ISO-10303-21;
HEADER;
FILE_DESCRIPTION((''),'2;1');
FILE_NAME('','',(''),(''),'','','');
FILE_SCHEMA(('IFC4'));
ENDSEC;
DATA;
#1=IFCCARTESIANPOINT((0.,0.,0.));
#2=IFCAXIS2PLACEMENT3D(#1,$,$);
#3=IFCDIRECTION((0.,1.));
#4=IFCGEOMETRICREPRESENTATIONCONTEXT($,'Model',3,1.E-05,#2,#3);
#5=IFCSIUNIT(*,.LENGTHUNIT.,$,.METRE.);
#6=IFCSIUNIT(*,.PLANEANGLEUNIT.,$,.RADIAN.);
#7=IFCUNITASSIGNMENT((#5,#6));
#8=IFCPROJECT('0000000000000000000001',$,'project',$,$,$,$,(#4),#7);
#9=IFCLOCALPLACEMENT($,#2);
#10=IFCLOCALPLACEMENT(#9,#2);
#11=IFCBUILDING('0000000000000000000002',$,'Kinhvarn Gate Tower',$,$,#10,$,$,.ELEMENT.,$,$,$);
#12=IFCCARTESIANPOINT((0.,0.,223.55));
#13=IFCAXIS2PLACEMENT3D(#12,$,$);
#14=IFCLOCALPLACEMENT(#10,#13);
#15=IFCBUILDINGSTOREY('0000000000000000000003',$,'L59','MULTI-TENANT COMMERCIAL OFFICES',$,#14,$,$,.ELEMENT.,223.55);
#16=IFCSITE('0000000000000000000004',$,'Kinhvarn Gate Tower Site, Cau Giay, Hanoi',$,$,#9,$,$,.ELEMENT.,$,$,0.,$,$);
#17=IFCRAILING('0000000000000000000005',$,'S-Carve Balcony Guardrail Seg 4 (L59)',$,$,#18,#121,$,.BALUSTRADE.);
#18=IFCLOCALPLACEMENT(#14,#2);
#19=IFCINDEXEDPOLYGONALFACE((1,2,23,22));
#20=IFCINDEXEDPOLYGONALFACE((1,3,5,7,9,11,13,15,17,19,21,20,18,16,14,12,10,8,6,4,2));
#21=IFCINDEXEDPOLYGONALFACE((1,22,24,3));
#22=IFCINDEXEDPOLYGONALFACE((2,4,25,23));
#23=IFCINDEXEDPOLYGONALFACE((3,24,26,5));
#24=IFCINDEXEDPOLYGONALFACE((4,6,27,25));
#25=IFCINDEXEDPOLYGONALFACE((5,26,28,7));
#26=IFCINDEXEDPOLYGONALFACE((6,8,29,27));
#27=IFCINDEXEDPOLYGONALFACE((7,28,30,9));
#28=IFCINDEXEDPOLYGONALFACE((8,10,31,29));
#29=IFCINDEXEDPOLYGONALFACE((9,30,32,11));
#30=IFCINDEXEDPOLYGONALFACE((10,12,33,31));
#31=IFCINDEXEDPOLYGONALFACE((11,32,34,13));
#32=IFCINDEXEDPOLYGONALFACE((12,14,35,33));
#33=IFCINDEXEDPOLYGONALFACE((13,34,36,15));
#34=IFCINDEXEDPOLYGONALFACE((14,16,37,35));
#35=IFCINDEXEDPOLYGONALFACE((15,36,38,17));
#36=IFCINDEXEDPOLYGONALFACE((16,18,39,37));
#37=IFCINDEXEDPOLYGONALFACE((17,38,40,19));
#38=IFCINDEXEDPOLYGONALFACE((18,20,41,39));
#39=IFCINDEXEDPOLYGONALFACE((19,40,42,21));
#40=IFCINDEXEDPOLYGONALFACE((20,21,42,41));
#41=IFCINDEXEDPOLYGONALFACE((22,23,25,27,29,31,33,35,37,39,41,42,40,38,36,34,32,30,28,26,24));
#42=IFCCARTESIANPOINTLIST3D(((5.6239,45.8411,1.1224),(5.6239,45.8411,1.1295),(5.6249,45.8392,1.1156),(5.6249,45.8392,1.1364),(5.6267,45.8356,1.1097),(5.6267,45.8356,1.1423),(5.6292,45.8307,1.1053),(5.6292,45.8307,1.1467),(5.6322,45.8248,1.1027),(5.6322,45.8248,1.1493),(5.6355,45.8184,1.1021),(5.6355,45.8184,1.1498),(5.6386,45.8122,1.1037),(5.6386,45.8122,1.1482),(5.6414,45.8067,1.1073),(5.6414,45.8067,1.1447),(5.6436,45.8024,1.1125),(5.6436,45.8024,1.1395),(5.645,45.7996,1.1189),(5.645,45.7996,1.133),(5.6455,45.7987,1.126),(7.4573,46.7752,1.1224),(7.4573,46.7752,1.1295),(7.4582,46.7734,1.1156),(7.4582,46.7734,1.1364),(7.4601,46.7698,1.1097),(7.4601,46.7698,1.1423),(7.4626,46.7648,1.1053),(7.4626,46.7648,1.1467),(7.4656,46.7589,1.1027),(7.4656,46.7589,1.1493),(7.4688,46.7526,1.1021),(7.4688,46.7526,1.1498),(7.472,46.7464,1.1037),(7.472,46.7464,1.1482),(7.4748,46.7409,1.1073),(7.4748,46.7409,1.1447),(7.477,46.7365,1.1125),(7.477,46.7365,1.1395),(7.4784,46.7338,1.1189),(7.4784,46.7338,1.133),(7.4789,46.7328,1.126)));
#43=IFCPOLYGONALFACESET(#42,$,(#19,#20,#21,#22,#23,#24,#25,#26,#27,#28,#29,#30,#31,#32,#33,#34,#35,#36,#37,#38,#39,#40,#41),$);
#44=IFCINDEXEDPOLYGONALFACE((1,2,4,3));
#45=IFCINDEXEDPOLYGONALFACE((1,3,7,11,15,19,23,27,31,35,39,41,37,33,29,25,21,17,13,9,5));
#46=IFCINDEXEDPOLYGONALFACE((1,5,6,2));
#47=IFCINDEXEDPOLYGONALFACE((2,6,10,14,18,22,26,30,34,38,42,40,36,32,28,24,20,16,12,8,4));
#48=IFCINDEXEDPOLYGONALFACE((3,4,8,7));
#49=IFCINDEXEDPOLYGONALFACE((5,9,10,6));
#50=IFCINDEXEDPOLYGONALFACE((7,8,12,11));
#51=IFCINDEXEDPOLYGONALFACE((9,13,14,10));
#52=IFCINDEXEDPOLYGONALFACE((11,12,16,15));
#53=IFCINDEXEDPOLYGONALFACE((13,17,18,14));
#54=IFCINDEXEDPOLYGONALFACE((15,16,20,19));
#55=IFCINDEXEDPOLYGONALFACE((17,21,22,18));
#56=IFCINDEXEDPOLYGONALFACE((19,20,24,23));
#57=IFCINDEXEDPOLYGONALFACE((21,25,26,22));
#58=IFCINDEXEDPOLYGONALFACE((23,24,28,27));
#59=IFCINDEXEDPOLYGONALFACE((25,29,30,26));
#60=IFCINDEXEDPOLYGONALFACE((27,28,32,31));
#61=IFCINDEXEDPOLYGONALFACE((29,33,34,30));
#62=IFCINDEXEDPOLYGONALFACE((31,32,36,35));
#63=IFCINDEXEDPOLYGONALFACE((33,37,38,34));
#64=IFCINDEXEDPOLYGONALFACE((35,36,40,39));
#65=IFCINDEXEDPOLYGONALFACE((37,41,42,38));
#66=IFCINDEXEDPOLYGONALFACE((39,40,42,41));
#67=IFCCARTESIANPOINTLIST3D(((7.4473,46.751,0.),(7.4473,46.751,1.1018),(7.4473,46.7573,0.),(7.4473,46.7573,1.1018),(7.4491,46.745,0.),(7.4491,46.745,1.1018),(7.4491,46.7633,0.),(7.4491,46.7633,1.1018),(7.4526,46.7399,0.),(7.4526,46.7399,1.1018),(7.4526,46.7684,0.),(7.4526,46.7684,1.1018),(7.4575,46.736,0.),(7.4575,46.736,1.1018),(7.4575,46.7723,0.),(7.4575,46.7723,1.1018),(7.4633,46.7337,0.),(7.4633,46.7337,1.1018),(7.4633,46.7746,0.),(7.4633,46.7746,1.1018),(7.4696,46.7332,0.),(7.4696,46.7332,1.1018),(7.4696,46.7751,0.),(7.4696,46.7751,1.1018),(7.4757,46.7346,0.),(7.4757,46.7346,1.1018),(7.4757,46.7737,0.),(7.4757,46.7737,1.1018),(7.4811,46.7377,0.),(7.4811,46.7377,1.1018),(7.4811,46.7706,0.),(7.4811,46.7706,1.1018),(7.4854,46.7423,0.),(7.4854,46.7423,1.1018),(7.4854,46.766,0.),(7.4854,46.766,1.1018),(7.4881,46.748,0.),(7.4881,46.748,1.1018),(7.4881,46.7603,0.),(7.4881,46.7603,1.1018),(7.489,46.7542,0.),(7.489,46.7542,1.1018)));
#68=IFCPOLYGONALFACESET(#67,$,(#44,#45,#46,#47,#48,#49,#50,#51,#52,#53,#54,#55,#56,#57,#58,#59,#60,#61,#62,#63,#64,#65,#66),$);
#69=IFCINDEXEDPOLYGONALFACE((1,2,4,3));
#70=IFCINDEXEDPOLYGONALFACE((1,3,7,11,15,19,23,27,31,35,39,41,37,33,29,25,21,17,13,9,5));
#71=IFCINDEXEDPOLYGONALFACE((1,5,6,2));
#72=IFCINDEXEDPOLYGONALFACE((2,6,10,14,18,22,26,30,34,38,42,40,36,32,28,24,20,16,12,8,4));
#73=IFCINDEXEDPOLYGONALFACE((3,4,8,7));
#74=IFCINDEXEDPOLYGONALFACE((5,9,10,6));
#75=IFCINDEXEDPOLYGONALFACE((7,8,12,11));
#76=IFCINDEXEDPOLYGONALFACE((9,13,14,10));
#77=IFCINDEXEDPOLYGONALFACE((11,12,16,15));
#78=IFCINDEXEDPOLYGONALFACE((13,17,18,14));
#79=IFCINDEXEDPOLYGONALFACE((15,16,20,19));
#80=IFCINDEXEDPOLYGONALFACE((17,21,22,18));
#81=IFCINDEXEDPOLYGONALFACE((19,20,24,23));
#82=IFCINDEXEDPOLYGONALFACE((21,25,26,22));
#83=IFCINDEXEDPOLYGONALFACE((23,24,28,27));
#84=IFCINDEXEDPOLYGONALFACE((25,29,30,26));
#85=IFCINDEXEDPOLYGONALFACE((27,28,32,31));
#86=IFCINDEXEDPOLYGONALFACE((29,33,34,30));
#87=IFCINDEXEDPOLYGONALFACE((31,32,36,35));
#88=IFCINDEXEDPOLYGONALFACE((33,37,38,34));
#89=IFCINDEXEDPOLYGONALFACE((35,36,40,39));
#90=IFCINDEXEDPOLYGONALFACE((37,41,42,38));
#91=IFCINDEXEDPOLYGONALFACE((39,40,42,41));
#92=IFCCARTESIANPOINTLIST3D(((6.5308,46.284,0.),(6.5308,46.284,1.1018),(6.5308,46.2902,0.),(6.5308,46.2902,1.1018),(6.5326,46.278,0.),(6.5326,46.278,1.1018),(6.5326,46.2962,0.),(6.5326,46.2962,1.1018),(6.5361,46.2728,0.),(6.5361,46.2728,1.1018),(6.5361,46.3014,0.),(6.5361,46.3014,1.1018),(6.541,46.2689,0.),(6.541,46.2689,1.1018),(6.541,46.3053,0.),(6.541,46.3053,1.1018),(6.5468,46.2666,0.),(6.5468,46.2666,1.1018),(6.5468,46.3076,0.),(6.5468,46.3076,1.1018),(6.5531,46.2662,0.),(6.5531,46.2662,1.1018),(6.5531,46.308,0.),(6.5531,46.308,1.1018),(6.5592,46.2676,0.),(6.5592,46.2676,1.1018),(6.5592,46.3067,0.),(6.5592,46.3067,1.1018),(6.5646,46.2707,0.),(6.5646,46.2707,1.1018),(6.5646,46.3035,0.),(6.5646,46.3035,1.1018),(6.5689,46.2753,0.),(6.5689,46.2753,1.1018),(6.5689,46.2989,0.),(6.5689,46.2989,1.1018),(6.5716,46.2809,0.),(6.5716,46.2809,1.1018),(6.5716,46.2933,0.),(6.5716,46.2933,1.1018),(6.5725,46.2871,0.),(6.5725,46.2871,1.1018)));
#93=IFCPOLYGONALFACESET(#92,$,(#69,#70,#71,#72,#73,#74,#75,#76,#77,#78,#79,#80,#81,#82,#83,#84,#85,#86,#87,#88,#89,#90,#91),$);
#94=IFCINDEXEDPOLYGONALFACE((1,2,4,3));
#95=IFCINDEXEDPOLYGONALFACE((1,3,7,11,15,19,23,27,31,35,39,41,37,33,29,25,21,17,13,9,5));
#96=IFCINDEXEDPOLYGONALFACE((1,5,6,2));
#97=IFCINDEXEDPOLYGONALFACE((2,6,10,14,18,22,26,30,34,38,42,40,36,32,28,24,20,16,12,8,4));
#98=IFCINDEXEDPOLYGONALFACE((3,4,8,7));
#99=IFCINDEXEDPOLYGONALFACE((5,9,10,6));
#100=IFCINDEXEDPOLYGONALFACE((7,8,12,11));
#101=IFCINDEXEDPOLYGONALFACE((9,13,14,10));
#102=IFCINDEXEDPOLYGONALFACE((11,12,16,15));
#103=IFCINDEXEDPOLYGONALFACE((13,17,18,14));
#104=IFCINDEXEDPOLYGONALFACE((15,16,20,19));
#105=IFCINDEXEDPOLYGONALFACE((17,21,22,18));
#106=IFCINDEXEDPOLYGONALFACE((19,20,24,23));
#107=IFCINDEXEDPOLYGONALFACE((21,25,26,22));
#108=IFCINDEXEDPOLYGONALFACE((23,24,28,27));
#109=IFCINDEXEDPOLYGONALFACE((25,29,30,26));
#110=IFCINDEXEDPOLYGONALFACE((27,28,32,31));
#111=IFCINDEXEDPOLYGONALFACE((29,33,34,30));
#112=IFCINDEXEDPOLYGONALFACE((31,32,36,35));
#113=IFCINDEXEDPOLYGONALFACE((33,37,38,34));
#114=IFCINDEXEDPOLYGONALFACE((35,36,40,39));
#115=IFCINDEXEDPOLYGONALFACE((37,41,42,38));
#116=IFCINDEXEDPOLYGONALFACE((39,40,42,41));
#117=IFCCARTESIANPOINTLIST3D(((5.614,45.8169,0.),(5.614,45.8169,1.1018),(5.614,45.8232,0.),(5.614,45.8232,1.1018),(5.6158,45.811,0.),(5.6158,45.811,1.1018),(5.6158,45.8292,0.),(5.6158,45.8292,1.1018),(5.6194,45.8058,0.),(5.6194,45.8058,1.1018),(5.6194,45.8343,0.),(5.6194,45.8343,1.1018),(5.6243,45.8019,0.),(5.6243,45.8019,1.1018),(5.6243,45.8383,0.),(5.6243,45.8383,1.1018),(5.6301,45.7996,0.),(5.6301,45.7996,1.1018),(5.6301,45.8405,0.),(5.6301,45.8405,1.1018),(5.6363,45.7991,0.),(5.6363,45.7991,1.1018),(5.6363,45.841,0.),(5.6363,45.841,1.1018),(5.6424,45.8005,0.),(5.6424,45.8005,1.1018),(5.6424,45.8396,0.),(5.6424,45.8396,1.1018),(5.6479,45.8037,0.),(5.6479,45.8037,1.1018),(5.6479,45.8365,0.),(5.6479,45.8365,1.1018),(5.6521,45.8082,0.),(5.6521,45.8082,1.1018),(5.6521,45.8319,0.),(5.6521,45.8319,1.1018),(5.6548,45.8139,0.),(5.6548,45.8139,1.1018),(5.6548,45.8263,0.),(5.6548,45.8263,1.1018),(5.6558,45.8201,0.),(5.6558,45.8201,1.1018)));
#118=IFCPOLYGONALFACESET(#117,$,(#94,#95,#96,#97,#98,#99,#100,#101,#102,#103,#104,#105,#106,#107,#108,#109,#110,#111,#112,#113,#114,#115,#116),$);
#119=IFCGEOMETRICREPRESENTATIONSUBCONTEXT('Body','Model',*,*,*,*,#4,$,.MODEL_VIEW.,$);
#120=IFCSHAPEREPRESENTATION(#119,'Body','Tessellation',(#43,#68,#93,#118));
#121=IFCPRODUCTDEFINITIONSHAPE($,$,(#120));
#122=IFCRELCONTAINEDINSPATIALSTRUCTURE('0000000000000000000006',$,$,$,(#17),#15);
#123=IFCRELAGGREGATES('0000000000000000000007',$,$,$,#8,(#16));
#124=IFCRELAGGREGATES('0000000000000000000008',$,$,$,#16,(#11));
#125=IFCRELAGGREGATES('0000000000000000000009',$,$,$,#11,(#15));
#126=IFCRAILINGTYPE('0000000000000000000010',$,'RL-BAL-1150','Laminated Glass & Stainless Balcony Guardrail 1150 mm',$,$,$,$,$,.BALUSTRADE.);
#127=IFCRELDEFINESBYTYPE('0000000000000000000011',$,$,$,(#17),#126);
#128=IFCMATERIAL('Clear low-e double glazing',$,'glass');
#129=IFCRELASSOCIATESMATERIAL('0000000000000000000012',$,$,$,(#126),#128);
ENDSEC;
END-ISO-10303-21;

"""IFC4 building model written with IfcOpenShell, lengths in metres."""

from ifc_helpers import new_model, si_unit, direction, frame, origin, origin_2d, place, context, subcontext, project, spatial, circle, extrude, material, type_object, element, save


model = new_model("IFC4")

# Units and contexts
model_context = context("Model", 3, precision=1e-05, world=origin(), true_north=direction((0.0, 1.0)))
body_context = subcontext(model_context, "Body", "Model", "MODEL_VIEW")
ifc_project = project(units=[si_unit("LENGTHUNIT", "METRE"), si_unit("PLANEANGLEUNIT", "RADIAN")], contexts=[model_context])

# Site, building, storey
site_placement = place(None, origin())
site = spatial("IfcSite", under=ifc_project, at=site_placement, Name="Kinhvarn Gate Tower Site, Cau Giay, Hanoi", CompositionType="ELEMENT", RefElevation=0.0)
building_placement = place(site_placement, origin())
building = spatial("IfcBuilding", under=site, at=building_placement, Name="Kinhvarn Gate Tower", CompositionType="ELEMENT")
storey_placement = place(building_placement, frame((0.0, 0.0, 223.55)))
storey = spatial("IfcBuildingStorey", under=building, at=storey_placement, Name="L59", Description="MULTI-TENANT COMMERCIAL OFFICES", CompositionType="ELEMENT", Elevation=223.55)

# Shared definitions
ifc_material_1 = material(Name="Clear low-e double glazing", Category="glass")

# Railing
railing_type = type_object("IfcRailingType", Name="RL-BAL-1150", Description="Laminated Glass & Stainless Balcony Guardrail 1150 mm", PredefinedType="BALUSTRADE", material=ifc_material_1)
railing_1_placement = place(storey_placement, frame((7.468, 46.7542, 0.0)))
element("IfcRailing", 1, at=railing_1_placement, inside=storey, type_object=railing_type, Name="S-Carve Balcony Guardrail Seg 4 (L59)", PredefinedType="BALUSTRADE", context=body_context, shape_type="SweptSolid", body=[
    extrude(circle(Radius=0.0239, at=origin_2d()), frame((0.0, 0.0, 1.126), z_axis=(-0.891008, -0.453988, 0.0), x_axis=(0.453988, -0.891008, 0.0)), (0.0, 0.0, 1.0), 2.0576),
    extrude(circle(Radius=0.021, at=origin_2d()), origin(), (0.0, 0.0, 1.0), 1.1018),
    extrude(circle(Radius=0.021, at=origin_2d()), frame((-0.9165, -0.467, 0.0)), (0.0, 0.0, 1.0), 1.1018),
    extrude(circle(Radius=0.021, at=origin_2d()), frame((-1.8333, -0.9341, 0.0)), (0.0, 0.0, 1.0), 1.1018),
])

save(model, "model.ifc")
